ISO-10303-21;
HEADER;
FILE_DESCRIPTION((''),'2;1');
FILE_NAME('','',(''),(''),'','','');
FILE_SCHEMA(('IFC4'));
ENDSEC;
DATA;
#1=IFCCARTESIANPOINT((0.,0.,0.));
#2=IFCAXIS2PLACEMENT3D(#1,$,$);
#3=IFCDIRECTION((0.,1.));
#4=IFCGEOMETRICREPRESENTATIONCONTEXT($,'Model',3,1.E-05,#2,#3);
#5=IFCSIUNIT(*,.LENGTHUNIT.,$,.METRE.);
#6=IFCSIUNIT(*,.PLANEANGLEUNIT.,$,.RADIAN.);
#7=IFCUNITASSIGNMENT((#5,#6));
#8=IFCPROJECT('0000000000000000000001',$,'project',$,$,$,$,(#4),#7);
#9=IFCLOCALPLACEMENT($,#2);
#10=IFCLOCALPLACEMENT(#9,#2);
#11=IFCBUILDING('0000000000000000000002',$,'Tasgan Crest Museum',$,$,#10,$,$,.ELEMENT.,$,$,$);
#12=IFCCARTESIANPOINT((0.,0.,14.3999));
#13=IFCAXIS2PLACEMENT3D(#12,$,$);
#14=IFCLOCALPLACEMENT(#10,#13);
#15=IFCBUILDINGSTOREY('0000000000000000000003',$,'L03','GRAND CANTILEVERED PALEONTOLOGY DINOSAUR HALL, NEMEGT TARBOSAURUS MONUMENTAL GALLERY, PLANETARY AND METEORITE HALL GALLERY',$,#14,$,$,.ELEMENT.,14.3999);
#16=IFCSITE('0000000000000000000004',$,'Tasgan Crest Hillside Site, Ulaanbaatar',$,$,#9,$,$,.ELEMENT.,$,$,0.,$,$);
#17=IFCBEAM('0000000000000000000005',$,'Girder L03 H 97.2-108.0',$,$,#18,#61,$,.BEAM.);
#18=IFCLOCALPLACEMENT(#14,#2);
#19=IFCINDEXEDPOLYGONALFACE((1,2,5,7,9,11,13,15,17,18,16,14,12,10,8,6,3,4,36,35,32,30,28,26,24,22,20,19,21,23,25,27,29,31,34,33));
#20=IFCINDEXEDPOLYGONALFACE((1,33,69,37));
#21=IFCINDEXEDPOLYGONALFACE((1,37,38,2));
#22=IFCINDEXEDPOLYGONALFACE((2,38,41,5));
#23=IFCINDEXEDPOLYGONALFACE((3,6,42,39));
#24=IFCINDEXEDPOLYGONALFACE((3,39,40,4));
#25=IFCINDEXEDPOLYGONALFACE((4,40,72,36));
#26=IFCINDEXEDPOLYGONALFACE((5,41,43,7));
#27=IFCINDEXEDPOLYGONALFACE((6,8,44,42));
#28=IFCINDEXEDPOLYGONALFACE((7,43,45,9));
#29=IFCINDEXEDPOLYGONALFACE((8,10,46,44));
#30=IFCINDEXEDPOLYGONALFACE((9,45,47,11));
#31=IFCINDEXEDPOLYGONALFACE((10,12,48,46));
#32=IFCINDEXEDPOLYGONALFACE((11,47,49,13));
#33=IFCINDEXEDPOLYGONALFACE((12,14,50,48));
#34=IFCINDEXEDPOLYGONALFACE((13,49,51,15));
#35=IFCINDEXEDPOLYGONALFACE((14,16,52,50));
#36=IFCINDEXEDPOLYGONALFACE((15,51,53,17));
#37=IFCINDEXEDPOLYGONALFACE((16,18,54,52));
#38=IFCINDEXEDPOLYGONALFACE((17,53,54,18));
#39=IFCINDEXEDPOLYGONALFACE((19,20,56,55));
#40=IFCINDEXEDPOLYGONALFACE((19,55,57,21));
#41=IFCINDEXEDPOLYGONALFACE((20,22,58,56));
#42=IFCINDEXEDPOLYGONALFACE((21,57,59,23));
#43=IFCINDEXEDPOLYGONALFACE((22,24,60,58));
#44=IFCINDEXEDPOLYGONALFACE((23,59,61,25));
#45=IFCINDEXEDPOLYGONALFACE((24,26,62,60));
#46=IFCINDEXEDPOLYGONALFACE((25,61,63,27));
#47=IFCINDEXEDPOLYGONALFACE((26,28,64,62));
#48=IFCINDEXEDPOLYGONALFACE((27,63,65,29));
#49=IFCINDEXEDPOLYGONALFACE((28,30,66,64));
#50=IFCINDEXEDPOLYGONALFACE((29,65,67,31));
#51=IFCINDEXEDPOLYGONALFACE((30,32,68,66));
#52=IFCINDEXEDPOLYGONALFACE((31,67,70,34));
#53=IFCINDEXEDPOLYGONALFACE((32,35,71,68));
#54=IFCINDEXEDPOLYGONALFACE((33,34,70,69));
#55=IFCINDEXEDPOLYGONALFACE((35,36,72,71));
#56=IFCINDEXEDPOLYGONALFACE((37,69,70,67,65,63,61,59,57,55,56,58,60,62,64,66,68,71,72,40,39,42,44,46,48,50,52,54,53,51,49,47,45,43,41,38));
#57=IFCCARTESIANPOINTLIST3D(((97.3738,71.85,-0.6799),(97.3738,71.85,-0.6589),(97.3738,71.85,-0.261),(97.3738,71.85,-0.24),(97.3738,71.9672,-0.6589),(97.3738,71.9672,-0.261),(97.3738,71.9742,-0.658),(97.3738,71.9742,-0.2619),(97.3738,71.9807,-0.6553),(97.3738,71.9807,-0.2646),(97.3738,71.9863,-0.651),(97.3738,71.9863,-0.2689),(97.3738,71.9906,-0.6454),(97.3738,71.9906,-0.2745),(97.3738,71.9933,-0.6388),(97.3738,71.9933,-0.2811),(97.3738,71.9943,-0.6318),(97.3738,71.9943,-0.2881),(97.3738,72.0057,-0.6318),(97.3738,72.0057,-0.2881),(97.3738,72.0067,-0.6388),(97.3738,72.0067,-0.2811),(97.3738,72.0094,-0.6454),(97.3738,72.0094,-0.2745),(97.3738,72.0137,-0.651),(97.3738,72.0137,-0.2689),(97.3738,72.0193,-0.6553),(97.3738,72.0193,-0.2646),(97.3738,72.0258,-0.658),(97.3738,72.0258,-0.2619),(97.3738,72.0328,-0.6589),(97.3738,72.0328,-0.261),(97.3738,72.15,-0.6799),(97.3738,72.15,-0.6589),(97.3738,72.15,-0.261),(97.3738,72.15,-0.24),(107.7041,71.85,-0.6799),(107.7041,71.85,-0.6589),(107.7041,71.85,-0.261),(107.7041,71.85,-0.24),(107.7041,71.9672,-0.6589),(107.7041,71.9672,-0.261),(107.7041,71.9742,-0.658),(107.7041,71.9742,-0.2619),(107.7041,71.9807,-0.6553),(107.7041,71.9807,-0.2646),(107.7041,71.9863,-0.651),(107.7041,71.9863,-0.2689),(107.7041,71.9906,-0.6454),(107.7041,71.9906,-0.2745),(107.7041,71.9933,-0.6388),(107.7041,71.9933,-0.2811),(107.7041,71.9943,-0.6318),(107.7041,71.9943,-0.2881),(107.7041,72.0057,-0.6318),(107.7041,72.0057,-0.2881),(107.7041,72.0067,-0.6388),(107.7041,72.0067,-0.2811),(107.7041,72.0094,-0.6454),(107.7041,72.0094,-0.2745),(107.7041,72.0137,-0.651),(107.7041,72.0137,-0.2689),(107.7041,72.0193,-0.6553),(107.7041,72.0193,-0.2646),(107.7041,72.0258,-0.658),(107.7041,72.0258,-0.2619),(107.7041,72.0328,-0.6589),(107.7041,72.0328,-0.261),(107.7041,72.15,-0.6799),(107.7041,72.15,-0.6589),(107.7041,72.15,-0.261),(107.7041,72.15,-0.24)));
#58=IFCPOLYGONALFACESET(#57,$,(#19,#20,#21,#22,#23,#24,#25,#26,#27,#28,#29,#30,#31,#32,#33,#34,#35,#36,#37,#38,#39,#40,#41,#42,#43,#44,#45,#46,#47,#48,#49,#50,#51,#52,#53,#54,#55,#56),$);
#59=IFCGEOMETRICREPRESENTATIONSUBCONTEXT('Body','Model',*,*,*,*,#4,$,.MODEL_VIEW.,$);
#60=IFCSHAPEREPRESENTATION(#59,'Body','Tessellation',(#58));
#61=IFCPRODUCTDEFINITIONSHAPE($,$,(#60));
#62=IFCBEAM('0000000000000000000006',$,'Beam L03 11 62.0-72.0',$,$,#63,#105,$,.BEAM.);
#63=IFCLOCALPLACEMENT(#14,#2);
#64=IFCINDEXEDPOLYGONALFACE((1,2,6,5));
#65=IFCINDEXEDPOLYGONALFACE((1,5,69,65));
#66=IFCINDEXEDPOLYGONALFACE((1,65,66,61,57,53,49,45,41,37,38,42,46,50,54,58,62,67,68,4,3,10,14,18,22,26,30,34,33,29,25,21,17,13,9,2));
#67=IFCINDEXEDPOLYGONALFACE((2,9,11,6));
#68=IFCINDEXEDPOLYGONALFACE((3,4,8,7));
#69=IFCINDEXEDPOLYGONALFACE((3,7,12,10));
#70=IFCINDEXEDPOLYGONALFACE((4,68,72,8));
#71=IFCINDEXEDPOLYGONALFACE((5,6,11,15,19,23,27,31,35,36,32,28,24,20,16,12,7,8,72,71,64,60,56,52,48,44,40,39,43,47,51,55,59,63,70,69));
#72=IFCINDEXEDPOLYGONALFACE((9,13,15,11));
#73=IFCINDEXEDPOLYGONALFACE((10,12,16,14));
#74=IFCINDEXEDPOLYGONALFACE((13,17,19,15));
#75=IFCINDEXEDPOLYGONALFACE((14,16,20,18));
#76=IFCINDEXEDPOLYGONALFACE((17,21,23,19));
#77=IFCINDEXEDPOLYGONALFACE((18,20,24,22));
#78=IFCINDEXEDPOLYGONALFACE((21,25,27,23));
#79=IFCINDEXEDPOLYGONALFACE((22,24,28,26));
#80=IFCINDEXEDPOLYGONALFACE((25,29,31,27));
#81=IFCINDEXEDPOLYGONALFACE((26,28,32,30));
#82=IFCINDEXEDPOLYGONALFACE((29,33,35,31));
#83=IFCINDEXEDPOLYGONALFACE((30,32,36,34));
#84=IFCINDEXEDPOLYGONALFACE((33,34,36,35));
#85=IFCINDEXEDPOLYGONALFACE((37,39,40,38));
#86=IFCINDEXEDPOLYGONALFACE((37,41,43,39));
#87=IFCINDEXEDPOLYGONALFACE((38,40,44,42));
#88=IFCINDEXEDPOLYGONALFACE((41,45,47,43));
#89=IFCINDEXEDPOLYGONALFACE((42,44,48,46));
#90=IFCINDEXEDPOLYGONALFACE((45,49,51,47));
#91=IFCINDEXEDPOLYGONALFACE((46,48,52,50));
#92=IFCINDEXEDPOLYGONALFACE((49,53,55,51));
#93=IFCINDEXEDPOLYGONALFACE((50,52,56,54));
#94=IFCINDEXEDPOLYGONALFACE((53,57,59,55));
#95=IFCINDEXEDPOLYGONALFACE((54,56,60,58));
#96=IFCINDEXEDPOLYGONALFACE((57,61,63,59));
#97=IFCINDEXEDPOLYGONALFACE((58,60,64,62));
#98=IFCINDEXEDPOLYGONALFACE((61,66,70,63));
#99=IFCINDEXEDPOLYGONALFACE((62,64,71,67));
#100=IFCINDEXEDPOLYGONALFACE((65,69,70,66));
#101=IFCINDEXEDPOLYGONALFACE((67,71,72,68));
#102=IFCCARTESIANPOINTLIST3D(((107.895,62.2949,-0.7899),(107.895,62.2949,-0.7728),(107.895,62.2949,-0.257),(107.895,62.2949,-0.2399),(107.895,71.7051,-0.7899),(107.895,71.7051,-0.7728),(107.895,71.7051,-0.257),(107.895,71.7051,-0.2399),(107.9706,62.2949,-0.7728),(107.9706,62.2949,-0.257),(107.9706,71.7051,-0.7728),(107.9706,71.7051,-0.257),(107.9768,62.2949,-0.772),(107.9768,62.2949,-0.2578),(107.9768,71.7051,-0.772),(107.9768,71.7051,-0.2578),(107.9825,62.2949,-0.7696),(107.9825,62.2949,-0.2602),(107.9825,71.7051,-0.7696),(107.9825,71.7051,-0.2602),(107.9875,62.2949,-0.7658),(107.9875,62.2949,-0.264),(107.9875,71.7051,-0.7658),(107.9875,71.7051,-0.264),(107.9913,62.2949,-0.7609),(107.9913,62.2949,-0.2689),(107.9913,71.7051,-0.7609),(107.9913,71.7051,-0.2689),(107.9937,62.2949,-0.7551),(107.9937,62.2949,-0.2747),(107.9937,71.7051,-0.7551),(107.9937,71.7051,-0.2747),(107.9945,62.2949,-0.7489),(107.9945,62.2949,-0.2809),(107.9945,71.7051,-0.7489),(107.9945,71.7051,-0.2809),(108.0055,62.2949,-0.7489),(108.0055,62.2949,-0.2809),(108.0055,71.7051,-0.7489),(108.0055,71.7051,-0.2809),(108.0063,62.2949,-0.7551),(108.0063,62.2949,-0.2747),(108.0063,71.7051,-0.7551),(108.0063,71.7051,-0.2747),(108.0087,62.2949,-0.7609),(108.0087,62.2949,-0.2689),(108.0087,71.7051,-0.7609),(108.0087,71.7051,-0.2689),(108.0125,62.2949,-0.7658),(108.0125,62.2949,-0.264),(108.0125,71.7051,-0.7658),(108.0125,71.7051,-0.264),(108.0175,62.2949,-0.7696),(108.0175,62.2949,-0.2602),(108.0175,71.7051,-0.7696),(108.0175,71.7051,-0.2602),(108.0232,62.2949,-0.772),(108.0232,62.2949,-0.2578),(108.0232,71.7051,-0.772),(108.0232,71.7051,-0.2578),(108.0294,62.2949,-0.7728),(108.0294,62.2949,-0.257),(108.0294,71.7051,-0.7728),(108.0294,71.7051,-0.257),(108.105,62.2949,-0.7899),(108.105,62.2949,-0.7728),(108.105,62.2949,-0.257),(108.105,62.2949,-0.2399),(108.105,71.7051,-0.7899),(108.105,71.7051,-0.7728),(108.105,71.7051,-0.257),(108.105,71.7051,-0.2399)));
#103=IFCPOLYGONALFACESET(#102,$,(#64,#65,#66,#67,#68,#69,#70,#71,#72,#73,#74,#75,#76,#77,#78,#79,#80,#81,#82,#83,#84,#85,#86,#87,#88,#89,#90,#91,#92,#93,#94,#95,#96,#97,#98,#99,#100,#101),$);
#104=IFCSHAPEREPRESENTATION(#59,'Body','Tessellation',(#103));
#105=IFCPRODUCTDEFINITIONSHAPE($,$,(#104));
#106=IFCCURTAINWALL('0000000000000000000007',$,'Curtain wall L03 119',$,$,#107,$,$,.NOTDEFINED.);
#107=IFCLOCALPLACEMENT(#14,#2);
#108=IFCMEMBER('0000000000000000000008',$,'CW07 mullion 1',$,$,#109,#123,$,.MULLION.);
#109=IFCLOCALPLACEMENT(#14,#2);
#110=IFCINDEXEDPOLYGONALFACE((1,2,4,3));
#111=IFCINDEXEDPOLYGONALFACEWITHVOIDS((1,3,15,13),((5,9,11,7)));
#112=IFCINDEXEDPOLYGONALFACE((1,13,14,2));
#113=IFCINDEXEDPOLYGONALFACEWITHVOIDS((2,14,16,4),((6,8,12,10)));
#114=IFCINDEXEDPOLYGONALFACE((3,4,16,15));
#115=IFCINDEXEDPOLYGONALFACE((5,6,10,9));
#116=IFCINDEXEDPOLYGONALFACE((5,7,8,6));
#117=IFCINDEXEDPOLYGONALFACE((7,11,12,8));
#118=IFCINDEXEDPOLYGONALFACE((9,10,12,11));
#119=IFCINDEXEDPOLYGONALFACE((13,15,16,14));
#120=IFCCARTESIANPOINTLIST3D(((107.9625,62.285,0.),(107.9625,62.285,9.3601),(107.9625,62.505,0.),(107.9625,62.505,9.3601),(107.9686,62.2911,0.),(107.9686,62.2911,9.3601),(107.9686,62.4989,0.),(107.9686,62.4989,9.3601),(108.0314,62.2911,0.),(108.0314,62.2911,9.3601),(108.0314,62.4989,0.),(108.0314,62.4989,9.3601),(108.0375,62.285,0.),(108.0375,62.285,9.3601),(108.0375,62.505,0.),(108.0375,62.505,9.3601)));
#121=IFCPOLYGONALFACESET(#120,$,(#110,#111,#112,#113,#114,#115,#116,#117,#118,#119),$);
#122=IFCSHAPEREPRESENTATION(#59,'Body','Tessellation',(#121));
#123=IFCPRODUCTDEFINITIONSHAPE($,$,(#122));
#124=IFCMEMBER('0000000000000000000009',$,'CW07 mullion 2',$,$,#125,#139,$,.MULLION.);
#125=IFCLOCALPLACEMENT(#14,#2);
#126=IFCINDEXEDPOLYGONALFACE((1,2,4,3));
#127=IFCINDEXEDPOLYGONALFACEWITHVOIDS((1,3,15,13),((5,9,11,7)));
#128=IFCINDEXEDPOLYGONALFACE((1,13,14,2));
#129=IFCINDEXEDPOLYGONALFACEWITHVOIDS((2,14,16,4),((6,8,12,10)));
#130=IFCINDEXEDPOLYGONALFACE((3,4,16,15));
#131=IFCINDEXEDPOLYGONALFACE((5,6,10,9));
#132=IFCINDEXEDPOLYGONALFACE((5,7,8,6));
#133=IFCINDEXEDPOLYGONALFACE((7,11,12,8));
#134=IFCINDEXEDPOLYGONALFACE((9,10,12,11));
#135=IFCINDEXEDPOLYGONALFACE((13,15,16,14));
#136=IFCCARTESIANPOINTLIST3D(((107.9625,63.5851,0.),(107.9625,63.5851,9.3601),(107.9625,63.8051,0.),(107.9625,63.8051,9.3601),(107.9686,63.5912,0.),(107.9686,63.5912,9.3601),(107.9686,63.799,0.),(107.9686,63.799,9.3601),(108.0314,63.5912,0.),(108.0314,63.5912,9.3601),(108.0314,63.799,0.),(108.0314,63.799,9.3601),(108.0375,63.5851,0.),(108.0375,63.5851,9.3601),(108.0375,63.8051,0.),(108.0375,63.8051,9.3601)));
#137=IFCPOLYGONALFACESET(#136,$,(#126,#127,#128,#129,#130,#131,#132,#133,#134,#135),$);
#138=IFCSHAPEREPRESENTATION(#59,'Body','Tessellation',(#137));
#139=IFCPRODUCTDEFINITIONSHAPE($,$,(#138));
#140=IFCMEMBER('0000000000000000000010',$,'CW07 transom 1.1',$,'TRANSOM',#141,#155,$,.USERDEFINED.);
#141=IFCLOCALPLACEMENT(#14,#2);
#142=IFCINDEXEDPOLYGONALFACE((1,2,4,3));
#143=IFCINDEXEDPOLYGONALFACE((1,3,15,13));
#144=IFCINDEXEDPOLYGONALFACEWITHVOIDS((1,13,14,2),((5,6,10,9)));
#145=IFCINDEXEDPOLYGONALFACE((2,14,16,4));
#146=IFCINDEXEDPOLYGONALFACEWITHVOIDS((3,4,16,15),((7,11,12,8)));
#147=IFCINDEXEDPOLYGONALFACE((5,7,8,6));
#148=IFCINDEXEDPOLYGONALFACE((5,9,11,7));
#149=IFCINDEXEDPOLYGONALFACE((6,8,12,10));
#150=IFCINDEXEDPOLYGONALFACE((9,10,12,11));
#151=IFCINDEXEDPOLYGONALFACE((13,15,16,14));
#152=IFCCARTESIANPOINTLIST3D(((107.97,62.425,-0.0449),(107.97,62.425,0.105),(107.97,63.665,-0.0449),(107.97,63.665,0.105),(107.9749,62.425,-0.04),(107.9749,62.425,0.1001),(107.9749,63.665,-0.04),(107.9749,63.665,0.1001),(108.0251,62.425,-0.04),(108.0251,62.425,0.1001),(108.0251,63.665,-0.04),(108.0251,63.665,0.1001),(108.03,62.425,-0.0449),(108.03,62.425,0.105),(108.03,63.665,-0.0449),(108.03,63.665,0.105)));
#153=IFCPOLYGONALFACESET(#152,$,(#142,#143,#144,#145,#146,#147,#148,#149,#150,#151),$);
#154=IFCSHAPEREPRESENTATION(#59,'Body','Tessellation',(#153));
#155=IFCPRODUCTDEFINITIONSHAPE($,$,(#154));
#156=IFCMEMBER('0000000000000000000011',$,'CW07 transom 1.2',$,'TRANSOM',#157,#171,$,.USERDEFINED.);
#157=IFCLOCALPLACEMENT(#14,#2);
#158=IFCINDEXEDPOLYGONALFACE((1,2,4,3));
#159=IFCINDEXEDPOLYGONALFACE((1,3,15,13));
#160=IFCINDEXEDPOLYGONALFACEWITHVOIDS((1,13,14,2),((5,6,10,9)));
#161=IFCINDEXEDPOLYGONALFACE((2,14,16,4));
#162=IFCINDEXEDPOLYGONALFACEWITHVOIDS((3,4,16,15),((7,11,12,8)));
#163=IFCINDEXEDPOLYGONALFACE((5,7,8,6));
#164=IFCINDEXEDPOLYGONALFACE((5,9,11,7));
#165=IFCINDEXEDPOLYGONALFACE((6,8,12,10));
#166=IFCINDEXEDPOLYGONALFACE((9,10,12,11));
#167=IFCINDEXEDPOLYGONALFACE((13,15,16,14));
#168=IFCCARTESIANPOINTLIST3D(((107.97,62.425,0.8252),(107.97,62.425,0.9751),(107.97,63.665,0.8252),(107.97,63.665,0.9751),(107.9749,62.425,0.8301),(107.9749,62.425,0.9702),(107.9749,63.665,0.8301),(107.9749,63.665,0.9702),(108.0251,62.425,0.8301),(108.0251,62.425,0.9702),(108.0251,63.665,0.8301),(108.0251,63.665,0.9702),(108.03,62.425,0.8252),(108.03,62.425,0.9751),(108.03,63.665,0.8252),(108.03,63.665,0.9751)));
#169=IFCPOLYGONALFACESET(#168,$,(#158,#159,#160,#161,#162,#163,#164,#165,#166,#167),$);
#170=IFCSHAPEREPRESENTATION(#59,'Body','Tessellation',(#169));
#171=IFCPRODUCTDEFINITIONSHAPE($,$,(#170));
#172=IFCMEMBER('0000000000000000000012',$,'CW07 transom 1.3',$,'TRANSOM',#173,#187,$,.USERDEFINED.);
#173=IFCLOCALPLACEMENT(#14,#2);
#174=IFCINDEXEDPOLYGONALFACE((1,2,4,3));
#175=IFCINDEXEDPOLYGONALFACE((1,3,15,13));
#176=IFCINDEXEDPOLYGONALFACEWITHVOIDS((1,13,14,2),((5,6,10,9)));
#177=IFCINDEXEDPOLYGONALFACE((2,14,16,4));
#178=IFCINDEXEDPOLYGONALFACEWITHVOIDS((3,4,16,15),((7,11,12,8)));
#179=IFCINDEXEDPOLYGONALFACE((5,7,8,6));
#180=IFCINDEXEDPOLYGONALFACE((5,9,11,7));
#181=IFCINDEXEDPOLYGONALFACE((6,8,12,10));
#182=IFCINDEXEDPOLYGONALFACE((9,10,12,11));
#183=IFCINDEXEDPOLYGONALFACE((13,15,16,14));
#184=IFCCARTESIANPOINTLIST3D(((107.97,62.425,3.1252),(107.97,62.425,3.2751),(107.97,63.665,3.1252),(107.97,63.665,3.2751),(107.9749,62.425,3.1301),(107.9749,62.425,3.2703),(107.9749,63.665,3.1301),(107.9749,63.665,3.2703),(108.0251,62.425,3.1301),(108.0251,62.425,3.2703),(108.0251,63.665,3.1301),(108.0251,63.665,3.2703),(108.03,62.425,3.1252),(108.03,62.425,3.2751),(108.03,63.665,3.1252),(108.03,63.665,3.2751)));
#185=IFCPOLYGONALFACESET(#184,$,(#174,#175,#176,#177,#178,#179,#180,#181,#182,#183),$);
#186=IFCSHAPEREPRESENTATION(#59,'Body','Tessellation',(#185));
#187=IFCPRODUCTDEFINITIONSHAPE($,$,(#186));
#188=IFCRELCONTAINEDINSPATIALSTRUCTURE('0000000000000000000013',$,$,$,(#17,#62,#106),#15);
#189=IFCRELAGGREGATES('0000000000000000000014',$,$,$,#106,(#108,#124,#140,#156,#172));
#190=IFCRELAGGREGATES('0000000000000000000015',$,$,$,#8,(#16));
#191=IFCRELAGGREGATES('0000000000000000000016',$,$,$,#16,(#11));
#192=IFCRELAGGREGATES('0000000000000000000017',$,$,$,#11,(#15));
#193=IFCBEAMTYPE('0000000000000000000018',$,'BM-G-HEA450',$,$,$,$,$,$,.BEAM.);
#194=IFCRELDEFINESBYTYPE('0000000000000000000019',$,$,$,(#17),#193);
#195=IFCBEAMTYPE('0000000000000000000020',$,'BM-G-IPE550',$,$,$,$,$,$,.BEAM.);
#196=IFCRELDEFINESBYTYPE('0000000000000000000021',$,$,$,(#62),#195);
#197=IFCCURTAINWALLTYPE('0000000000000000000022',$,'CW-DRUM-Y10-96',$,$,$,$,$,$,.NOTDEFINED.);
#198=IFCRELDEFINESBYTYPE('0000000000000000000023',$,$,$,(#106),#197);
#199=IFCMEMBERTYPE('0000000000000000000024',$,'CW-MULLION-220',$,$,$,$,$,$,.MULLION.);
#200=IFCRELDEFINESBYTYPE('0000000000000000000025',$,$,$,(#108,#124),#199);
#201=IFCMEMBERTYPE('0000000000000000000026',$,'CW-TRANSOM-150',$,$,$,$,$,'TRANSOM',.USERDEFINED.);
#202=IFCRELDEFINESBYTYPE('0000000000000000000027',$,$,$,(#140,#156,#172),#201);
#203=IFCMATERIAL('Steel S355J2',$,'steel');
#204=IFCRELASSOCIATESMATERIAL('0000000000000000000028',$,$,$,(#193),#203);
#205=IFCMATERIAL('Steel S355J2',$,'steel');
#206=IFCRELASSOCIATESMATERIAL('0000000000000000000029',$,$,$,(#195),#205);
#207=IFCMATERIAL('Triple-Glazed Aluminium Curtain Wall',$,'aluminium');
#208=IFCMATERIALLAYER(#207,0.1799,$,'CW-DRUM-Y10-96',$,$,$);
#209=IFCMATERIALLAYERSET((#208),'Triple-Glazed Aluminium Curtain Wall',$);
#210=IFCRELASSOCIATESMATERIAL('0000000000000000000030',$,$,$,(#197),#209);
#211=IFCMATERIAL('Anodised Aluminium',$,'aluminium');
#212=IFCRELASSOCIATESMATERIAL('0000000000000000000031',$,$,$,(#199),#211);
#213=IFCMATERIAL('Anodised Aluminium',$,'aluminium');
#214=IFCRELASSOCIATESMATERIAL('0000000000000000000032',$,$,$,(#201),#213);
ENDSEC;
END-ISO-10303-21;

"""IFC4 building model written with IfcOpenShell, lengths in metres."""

from ifc_helpers import new_model, si_unit, direction, frame, origin, origin_2d, place, context, subcontext, project, spatial, hollow_rectangle, i_section, extrude, material, layer, layer_set, material_profile, profile_set, type_object, element, aggregate, save


model = new_model("IFC4")

# Units and contexts
model_context = context("Model", 3, precision=1e-05, world=origin(), true_north=direction((0.0, 1.0)))
body_context = subcontext(model_context, "Body", "Model", "MODEL_VIEW")
ifc_project = project(units=[si_unit("LENGTHUNIT", "METRE"), si_unit("PLANEANGLEUNIT", "RADIAN")], contexts=[model_context])

# Site, building, storey
site_placement = place(None, origin())
site = spatial("IfcSite", under=ifc_project, at=site_placement, Name="Tasgan Crest Hillside Site, Ulaanbaatar", CompositionType="ELEMENT", RefElevation=0.0)
building_placement = place(site_placement, origin())
building = spatial("IfcBuilding", under=site, at=building_placement, Name="Tasgan Crest Museum", CompositionType="ELEMENT")
storey_placement = place(building_placement, frame((0.0, 0.0, 14.3999)))
storey = spatial("IfcBuildingStorey", under=building, at=storey_placement, Name="L03", Description="GRAND CANTILEVERED PALEONTOLOGY DINOSAUR HALL, NEMEGT TARBOSAURUS MONUMENTAL GALLERY, PLANETARY AND METEORITE HALL GALLERY", CompositionType="ELEMENT", Elevation=14.3999)

# Beams
ifc_material_1 = material(Name="Steel S355J2", Category="steel")
ifc_material_profile_1 = material_profile(ifc_material_1, i_section(OverallWidth=0.3, OverallDepth=0.4399, WebThickness=0.0115, FlangeThickness=0.021, FilletRadius=0.0271, at=origin_2d()), Name="HEA 450")
ifc_profile_set_1 = profile_set([ifc_material_profile_1], Name="Steel S355J2")
beam_type_1 = type_object("IfcBeamType", Name="BM-G-HEA450", PredefinedType="BEAM", material=ifc_profile_set_1)
beam_1_placement = place(storey_placement, frame((97.3738, 72.0, -0.46), z_axis=(1.0, 0.0, 0.0), x_axis=(0.0, 1.0, 0.0)))
element("IfcBeam", 1, at=beam_1_placement, inside=storey, type_object=beam_type_1, Name="Girder L03 H 97.2-108.0", PredefinedType="BEAM", context=body_context, shape_type="SweptSolid", body=[
    extrude(i_section(OverallWidth=0.3, OverallDepth=0.4399, WebThickness=0.0115, FlangeThickness=0.021, FilletRadius=0.0271, at=origin_2d()), origin(), (0.0, 0.0, 1.0), 10.3303),
])
ifc_material_2 = material(Name="Steel S355J2", Category="steel")
ifc_material_profile_2 = material_profile(ifc_material_2, i_section(OverallWidth=0.21, OverallDepth=0.55, WebThickness=0.011, FlangeThickness=0.0171, FilletRadius=0.0239, at=origin_2d()), Name="IPE 550")
ifc_profile_set_2 = profile_set([ifc_material_profile_2], Name="Steel S355J2")
beam_type_2 = type_object("IfcBeamType", Name="BM-G-IPE550", PredefinedType="BEAM", material=ifc_profile_set_2)
beam_2_placement = place(storey_placement, frame((108.0, 62.2949, -0.5149), z_axis=(0.0, 1.0, 0.0), x_axis=(-1.0, 0.0, 0.0)))
element("IfcBeam", 2, at=beam_2_placement, inside=storey, type_object=beam_type_2, Name="Beam L03 11 62.0-72.0", PredefinedType="BEAM", context=body_context, shape_type="SweptSolid", body=[
    extrude(i_section(OverallWidth=0.21, OverallDepth=0.55, WebThickness=0.011, FlangeThickness=0.0171, FilletRadius=0.0239, at=origin_2d()), origin(), (0.0, 0.0, 1.0), 9.4102),
])

# Curtain wall, members
ifc_material_3 = material(Name="Triple-Glazed Aluminium Curtain Wall", Category="aluminium")
ifc_layer_1 = layer(ifc_material_3, 0.1799, Name="CW-DRUM-Y10-96")
ifc_layer_set_1 = layer_set([ifc_layer_1], Name="Triple-Glazed Aluminium Curtain Wall")
curtain_wall_type = type_object("IfcCurtainWallType", Name="CW-DRUM-Y10-96", PredefinedType="NOTDEFINED", material=ifc_layer_set_1)
curtain_wall_placement = place(storey_placement, origin())
curtain_wall = element("IfcCurtainWall", 3, at=curtain_wall_placement, inside=storey, type_object=curtain_wall_type, Name="Curtain wall L03 119", PredefinedType="NOTDEFINED")
ifc_material_4 = material(Name="Anodised Aluminium", Category="aluminium")
ifc_material_profile_3 = material_profile(ifc_material_4, hollow_rectangle(XDim=0.075, YDim=0.22, WallThickness=0.0061, at=origin_2d()), Name="ALU MULLION 220x75x6")
ifc_profile_set_3 = profile_set([ifc_material_profile_3], Name="Anodised Aluminium")
member_type_1 = type_object("IfcMemberType", Name="CW-MULLION-220", PredefinedType="MULLION", material=ifc_profile_set_3)
member_1_placement = place(storey_placement, frame((108.0, 62.395, 0.0), z_axis=(0.0, 0.0, 1.0), x_axis=(-1.0, 0.0, 0.0)))
member_1 = element("IfcMember", 4, at=member_1_placement, type_object=member_type_1, Name="CW07 mullion 1", PredefinedType="MULLION", context=body_context, shape_type="SweptSolid", body=[
    extrude(hollow_rectangle(XDim=0.075, YDim=0.22, WallThickness=0.0061, at=origin_2d()), origin(), (0.0, 0.0, 1.0), 9.3601),
])
member_2_placement = place(storey_placement, frame((108.0, 63.6951, 0.0), z_axis=(0.0, 0.0, 1.0), x_axis=(-1.0, 0.0, 0.0)))
member_2 = element("IfcMember", 5, at=member_2_placement, type_object=member_type_1, Name="CW07 mullion 2", PredefinedType="MULLION", context=body_context, shape_type="SweptSolid", body=[
    extrude(hollow_rectangle(XDim=0.075, YDim=0.22, WallThickness=0.0061, at=origin_2d()), origin(), (0.0, 0.0, 1.0), 9.3601),
])
ifc_material_5 = material(Name="Anodised Aluminium", Category="aluminium")
ifc_material_profile_4 = material_profile(ifc_material_5, hollow_rectangle(XDim=0.0601, YDim=0.1499, WallThickness=0.0049, at=origin_2d()), Name="ALU TRANSOM 150x60x5")
ifc_profile_set_4 = profile_set([ifc_material_profile_4], Name="Anodised Aluminium")
member_type_2 = type_object("IfcMemberType", Name="CW-TRANSOM-150", ElementType="TRANSOM", PredefinedType="USERDEFINED", material=ifc_profile_set_4)
member_3_placement = place(storey_placement, frame((108.0, 62.425, 0.03), z_axis=(0.0, 1.0, 0.0), x_axis=(-1.0, 0.0, 0.0)))
member_3 = element("IfcMember", 6, at=member_3_placement, type_object=member_type_2, Name="CW07 transom 1.1", ObjectType="TRANSOM", PredefinedType="USERDEFINED", context=body_context, shape_type="SweptSolid", body=[
    extrude(hollow_rectangle(XDim=0.0601, YDim=0.1499, WallThickness=0.0049, at=origin_2d()), origin(), (0.0, 0.0, 1.0), 1.24),
])
member_4_placement = place(storey_placement, frame((108.0, 62.425, 0.9001), z_axis=(0.0, 1.0, 0.0), x_axis=(-1.0, 0.0, 0.0)))
member_4 = element("IfcMember", 7, at=member_4_placement, type_object=member_type_2, Name="CW07 transom 1.2", ObjectType="TRANSOM", PredefinedType="USERDEFINED", context=body_context, shape_type="SweptSolid", body=[
    extrude(hollow_rectangle(XDim=0.0601, YDim=0.1499, WallThickness=0.0049, at=origin_2d()), origin(), (0.0, 0.0, 1.0), 1.24),
])
member_5_placement = place(storey_placement, frame((108.0, 62.425, 3.2002), z_axis=(0.0, 1.0, 0.0), x_axis=(-1.0, 0.0, 0.0)))
member_5 = element("IfcMember", 8, at=member_5_placement, type_object=member_type_2, Name="CW07 transom 1.3", ObjectType="TRANSOM", PredefinedType="USERDEFINED", context=body_context, shape_type="SweptSolid", body=[
    extrude(hollow_rectangle(XDim=0.0601, YDim=0.1499, WallThickness=0.0049, at=origin_2d()), origin(), (0.0, 0.0, 1.0), 1.24),
])
aggregate(curtain_wall, [member_1, member_2, member_3, member_4, member_5])

save(model, "model.ifc")
